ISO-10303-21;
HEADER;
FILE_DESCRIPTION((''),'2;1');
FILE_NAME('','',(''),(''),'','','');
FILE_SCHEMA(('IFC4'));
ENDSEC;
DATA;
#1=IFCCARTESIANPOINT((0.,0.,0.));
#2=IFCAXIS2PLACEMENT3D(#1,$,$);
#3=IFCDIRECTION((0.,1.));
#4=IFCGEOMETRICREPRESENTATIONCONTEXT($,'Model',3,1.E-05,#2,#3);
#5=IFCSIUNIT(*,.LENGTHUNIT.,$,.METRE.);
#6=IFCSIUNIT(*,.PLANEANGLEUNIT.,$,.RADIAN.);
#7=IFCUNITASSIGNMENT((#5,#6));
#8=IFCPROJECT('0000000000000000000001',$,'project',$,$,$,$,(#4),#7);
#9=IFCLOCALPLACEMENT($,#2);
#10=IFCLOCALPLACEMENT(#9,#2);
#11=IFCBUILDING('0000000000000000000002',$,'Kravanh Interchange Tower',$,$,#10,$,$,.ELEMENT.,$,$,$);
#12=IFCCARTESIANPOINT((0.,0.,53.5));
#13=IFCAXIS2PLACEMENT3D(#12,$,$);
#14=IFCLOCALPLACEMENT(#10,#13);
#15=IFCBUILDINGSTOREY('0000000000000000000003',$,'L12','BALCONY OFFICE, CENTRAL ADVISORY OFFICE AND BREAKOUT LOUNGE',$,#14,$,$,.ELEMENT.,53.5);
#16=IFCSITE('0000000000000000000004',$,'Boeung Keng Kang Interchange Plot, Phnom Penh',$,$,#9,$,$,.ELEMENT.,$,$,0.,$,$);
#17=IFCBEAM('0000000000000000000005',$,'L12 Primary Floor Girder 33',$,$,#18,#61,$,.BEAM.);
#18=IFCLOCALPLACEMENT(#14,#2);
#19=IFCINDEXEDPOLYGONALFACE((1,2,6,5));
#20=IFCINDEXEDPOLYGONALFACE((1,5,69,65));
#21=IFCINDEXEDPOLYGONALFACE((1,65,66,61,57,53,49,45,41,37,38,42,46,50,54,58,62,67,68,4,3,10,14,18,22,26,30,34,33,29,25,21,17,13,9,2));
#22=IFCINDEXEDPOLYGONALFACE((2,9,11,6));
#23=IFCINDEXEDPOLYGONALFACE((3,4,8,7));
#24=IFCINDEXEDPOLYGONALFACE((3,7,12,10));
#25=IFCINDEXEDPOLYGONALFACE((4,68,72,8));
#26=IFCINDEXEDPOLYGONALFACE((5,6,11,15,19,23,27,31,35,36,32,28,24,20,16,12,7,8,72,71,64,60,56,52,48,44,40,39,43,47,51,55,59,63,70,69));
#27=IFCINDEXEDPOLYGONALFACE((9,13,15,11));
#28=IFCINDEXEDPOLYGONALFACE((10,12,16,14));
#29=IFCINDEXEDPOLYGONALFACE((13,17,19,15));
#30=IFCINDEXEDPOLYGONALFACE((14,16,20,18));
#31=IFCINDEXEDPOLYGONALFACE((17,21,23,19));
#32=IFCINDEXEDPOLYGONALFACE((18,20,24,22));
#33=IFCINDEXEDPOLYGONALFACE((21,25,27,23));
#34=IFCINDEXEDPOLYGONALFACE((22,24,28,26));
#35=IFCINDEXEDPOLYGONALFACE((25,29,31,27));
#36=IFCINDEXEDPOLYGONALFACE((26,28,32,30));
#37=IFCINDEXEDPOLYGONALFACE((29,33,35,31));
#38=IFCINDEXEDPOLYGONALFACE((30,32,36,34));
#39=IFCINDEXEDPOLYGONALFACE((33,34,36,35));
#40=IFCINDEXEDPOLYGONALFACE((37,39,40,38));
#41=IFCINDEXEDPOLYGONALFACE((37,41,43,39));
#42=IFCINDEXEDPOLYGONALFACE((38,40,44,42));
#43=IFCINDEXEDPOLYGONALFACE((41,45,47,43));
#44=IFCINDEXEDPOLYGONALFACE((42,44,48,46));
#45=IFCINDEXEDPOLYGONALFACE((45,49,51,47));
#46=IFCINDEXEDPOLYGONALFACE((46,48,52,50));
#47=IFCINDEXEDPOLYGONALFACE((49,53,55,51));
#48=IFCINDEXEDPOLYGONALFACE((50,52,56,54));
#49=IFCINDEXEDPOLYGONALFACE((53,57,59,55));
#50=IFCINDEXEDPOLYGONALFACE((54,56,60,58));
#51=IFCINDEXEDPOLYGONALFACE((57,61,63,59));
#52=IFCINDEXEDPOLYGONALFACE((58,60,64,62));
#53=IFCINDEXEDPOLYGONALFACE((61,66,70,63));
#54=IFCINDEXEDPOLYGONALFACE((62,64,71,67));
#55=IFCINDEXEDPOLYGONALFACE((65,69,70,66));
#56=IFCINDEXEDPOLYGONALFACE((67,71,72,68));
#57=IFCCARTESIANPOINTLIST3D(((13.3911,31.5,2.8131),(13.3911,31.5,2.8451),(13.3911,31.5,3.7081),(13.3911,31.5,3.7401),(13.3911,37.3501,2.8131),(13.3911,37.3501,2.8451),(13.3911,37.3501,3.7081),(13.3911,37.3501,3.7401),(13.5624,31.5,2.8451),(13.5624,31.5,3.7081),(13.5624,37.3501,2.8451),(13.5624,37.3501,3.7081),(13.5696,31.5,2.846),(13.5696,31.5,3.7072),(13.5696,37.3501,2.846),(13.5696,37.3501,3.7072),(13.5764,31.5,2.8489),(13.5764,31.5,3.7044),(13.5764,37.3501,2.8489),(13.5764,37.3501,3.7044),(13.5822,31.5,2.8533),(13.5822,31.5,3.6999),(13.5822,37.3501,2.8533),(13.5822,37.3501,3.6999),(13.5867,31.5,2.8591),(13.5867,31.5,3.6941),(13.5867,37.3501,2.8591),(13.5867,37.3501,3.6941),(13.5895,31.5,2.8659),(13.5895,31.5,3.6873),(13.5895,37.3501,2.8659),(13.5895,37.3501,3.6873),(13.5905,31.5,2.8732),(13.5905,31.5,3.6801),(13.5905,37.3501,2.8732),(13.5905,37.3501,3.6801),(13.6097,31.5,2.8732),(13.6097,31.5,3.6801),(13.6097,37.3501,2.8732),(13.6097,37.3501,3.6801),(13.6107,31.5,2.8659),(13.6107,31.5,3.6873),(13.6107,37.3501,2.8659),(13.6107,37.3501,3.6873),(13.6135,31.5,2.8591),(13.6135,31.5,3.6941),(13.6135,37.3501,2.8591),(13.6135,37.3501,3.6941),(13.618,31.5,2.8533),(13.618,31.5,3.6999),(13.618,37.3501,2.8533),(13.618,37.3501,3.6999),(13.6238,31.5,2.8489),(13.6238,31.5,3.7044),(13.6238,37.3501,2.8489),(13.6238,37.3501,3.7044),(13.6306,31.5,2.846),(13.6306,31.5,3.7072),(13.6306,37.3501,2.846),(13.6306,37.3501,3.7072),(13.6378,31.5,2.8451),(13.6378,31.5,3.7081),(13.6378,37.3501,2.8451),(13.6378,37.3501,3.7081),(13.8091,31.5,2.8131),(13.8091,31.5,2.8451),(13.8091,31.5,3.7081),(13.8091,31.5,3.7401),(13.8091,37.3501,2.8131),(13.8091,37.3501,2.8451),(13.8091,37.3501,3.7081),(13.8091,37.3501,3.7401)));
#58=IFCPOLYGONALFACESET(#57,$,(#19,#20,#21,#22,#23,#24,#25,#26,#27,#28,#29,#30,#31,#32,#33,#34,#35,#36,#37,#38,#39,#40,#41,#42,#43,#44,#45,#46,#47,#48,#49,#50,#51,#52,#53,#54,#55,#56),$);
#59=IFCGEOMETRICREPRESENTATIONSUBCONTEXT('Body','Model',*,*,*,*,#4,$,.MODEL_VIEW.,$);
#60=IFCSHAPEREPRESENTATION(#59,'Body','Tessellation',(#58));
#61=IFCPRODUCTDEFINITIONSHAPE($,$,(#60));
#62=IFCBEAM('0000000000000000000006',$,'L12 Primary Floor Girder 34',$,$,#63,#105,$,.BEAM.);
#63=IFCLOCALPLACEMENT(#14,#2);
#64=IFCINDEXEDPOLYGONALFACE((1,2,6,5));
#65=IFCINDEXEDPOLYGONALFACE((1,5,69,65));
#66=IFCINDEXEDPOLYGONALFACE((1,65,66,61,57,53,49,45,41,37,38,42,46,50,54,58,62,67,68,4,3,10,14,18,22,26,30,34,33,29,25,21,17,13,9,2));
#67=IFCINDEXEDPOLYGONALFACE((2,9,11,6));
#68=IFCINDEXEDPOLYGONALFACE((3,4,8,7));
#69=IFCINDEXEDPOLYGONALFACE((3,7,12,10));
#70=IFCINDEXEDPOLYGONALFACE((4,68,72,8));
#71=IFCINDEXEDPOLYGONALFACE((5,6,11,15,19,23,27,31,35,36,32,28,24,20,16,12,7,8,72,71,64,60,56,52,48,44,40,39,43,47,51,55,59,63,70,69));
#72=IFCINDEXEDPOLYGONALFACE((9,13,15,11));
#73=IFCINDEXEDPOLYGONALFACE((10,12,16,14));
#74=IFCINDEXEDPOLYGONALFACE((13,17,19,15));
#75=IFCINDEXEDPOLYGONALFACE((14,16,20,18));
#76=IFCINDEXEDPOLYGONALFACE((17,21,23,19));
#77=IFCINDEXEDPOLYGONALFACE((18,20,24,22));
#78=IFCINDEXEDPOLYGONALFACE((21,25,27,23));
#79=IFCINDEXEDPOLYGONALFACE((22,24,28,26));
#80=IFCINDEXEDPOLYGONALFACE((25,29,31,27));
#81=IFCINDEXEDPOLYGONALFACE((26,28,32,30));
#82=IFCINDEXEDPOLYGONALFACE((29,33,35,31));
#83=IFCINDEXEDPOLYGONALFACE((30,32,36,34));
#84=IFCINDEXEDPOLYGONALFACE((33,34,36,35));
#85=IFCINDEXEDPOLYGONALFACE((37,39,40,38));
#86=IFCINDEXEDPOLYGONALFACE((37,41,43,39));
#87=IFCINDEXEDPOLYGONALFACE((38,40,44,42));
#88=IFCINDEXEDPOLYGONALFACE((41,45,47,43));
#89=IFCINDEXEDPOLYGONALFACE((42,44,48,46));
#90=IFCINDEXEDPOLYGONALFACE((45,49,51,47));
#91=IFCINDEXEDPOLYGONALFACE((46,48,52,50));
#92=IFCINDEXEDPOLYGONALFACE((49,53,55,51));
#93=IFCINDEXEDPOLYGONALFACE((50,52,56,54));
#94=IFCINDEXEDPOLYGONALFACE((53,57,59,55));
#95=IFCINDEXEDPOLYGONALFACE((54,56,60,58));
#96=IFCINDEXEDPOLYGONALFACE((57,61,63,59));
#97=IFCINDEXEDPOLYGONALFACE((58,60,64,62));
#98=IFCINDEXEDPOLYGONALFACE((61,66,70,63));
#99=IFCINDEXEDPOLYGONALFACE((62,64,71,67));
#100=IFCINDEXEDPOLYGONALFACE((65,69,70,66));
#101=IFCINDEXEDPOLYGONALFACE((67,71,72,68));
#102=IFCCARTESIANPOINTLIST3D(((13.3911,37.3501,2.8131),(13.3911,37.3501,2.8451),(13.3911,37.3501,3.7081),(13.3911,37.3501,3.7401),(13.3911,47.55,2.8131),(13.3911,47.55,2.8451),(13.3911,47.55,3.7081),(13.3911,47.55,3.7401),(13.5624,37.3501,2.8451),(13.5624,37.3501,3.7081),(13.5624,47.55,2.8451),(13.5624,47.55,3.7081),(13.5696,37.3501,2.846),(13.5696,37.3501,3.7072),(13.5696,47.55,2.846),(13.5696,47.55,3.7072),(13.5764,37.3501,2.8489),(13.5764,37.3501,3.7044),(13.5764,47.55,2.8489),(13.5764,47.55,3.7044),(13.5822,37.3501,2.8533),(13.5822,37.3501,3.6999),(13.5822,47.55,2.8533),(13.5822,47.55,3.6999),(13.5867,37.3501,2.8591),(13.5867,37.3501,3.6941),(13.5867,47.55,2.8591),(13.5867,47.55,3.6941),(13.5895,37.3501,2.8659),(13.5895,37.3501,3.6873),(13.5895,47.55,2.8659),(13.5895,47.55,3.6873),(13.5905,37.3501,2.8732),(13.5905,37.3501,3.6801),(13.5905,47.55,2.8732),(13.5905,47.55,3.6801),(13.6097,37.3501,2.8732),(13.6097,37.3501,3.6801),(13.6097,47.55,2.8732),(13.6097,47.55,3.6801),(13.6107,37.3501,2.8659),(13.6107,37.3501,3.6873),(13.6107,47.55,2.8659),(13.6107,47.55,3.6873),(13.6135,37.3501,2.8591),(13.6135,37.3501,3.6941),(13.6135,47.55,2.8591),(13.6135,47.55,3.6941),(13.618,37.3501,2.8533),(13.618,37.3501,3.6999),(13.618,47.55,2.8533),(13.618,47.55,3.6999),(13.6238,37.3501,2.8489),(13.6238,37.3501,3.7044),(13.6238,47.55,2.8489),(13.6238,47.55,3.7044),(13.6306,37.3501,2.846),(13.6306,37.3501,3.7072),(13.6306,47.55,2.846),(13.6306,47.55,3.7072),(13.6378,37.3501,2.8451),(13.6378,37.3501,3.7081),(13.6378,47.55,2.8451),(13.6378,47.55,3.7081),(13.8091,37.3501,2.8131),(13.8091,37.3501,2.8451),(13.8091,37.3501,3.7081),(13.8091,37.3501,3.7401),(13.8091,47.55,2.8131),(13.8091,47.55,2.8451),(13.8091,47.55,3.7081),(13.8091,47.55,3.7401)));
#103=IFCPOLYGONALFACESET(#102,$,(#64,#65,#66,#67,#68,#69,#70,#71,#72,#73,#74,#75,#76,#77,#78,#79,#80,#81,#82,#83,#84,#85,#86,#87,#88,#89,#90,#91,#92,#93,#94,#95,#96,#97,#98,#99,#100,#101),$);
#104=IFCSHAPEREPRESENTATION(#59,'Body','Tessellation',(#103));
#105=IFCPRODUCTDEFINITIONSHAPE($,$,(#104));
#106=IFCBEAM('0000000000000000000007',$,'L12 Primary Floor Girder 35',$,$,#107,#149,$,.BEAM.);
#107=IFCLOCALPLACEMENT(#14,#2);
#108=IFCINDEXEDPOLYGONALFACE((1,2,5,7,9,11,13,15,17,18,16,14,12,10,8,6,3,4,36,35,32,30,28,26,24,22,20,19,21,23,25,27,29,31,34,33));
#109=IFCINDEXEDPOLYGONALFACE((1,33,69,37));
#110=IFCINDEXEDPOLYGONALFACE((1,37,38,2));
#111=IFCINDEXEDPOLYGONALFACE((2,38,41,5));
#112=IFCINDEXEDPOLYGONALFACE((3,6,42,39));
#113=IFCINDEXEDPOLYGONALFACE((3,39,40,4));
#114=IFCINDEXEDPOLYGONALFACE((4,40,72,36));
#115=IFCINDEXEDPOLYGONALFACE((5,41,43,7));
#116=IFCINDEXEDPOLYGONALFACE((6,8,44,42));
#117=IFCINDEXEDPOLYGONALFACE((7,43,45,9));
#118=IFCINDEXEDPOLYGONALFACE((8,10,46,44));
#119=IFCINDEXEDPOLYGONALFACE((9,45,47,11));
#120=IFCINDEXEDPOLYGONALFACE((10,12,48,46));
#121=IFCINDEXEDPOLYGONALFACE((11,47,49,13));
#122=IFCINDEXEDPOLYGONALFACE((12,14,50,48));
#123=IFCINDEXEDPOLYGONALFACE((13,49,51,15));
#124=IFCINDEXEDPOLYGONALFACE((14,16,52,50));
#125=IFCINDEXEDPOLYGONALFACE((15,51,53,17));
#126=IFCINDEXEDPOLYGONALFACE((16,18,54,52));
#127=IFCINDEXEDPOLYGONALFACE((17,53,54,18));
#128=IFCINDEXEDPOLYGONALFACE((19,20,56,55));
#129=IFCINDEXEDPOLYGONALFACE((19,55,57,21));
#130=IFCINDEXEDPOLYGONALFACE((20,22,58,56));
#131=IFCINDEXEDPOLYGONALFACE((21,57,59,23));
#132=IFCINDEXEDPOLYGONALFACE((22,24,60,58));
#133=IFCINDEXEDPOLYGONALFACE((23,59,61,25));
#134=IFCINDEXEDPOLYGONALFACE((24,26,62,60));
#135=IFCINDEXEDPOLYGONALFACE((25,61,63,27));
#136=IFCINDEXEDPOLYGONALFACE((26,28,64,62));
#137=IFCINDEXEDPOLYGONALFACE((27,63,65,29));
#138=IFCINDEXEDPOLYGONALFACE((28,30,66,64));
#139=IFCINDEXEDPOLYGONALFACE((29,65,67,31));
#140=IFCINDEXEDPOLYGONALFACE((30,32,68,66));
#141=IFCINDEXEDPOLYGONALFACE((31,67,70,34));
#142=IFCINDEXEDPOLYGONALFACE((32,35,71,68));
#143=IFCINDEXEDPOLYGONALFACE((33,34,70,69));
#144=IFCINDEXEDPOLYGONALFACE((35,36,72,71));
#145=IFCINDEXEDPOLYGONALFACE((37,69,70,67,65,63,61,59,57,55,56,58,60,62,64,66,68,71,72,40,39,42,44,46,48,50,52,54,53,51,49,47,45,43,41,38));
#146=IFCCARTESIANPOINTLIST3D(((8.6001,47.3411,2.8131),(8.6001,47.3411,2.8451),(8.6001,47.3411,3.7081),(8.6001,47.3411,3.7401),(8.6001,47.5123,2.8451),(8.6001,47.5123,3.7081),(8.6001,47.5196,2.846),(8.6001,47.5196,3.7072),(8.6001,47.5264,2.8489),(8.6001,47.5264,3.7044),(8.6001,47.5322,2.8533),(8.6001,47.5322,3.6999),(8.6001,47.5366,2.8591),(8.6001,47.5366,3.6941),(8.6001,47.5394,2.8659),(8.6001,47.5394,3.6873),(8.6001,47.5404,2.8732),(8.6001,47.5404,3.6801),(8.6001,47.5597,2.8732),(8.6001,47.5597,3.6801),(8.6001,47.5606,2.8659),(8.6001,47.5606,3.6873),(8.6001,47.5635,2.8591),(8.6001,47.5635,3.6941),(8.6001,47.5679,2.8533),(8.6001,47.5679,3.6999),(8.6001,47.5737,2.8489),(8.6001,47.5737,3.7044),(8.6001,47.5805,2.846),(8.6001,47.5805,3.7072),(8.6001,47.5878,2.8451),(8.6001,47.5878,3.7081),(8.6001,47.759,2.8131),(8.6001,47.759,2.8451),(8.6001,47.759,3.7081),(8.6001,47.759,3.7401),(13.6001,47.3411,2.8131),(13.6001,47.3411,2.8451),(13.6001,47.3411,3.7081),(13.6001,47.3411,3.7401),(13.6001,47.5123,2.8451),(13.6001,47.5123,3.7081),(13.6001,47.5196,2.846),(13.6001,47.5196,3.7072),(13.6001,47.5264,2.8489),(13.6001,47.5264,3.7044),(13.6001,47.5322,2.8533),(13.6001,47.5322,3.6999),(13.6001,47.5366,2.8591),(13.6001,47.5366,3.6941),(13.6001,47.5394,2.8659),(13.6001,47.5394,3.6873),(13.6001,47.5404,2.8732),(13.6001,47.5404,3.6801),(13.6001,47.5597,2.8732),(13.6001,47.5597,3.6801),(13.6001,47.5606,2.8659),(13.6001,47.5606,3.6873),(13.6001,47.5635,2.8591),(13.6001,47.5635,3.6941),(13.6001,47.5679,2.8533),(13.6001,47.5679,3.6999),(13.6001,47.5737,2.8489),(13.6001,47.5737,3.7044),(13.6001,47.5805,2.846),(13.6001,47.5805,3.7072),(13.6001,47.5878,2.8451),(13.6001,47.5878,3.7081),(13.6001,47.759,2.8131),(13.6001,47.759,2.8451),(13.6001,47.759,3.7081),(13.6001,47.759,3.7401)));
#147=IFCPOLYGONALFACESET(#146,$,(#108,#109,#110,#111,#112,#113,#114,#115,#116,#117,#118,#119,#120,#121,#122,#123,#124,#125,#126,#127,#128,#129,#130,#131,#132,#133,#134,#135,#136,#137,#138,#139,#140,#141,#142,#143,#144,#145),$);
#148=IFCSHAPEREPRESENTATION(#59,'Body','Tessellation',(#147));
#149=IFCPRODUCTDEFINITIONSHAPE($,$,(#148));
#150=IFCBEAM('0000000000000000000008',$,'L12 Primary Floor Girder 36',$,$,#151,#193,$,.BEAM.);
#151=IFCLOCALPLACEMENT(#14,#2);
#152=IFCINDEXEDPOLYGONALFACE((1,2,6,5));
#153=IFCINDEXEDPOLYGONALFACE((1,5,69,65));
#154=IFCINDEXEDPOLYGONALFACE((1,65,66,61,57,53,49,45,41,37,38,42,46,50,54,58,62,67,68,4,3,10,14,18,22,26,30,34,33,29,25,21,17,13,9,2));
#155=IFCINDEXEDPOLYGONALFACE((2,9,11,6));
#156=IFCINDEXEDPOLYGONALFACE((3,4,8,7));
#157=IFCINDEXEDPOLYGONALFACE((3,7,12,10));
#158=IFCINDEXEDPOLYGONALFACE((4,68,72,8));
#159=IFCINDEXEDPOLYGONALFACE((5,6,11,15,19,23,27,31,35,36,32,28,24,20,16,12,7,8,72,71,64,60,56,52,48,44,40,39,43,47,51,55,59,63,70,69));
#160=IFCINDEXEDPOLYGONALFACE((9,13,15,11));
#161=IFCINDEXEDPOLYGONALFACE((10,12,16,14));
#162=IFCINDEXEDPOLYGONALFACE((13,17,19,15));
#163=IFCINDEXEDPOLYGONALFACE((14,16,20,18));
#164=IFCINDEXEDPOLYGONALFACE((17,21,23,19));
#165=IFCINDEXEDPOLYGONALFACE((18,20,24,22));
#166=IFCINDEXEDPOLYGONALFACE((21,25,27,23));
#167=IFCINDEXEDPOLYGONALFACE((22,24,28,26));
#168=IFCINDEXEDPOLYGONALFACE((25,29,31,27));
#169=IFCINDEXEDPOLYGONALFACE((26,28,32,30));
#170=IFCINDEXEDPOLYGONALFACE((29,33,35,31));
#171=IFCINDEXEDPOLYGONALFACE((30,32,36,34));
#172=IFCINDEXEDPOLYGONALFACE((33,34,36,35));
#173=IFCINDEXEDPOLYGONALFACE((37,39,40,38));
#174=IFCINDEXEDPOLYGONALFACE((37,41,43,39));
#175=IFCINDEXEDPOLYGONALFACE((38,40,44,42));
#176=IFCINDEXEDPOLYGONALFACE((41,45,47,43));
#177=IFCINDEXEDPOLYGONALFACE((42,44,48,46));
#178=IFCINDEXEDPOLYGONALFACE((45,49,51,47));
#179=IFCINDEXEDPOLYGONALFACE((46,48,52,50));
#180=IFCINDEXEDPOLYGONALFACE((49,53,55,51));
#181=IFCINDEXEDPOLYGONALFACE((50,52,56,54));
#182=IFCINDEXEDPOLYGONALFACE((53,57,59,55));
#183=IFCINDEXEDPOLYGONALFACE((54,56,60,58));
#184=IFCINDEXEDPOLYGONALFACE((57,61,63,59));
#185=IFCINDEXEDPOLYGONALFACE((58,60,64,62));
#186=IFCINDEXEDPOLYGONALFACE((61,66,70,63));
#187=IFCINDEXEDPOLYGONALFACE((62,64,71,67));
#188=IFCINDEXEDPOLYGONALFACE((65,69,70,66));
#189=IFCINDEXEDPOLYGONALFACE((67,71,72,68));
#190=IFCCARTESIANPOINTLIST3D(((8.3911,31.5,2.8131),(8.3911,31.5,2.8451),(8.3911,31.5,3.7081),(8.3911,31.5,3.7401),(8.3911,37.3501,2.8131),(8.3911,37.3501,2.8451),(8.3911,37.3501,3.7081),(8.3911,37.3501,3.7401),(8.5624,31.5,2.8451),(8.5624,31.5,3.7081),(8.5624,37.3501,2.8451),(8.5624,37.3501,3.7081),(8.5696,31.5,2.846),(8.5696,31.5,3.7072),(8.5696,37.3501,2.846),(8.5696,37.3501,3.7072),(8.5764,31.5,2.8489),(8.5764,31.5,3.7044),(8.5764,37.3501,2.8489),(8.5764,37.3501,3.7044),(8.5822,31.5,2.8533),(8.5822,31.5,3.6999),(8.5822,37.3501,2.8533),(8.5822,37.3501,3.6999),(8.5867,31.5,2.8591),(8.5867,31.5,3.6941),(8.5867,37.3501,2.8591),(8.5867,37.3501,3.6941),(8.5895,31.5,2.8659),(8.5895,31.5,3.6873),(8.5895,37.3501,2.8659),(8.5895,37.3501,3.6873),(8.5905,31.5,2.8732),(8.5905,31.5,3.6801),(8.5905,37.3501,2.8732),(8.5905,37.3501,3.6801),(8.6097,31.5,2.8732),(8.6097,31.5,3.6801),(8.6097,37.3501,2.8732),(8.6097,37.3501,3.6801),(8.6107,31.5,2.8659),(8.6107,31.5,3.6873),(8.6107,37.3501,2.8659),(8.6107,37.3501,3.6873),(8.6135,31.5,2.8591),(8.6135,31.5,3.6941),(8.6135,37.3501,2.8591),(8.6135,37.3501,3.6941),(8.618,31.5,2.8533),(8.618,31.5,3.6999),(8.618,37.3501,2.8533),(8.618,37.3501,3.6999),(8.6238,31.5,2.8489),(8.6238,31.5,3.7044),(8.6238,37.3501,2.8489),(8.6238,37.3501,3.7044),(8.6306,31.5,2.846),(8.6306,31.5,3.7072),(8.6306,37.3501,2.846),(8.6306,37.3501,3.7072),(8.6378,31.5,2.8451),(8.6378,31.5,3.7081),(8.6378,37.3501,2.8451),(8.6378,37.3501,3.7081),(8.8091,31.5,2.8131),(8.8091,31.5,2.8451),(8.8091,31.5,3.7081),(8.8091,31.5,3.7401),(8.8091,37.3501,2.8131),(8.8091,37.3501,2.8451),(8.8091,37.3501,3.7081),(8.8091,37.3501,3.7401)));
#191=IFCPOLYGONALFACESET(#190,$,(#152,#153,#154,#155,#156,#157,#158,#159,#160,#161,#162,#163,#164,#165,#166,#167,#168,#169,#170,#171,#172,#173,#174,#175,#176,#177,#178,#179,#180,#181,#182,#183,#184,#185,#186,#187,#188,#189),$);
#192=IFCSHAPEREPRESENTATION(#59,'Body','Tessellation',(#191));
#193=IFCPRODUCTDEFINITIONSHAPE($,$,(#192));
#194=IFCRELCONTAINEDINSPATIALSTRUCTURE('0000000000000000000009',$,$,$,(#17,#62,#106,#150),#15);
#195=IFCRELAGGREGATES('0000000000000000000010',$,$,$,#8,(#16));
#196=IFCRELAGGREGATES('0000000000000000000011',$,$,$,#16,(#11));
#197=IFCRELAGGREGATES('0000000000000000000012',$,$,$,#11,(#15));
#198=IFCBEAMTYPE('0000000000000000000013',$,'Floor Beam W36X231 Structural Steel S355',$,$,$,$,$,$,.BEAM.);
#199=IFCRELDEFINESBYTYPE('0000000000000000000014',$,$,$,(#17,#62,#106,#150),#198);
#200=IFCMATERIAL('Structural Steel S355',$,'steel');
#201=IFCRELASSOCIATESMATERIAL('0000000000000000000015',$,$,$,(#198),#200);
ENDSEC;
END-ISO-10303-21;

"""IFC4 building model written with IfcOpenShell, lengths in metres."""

from ifc_helpers import new_model, si_unit, direction, frame, origin, origin_2d, place, context, subcontext, project, spatial, i_section, extrude, material, material_profile, profile_set, type_object, element, save


model = new_model("IFC4")

# Units and contexts
model_context = context("Model", 3, precision=1e-05, world=origin(), true_north=direction((0.0, 1.0)))
body_context = subcontext(model_context, "Body", "Model", "MODEL_VIEW")
ifc_project = project(units=[si_unit("LENGTHUNIT", "METRE"), si_unit("PLANEANGLEUNIT", "RADIAN")], contexts=[model_context])

# Site, building, storey
site_placement = place(None, origin())
site = spatial("IfcSite", under=ifc_project, at=site_placement, Name="Boeung Keng Kang Interchange Plot, Phnom Penh", CompositionType="ELEMENT", RefElevation=0.0)
building_placement = place(site_placement, origin())
building = spatial("IfcBuilding", under=site, at=building_placement, Name="Kravanh Interchange Tower", CompositionType="ELEMENT")
storey_placement = place(building_placement, frame((0.0, 0.0, 53.5)))
storey = spatial("IfcBuildingStorey", under=building, at=storey_placement, Name="L12", Description="BALCONY OFFICE, CENTRAL ADVISORY OFFICE AND BREAKOUT LOUNGE", CompositionType="ELEMENT", Elevation=53.5)

# Beams
ifc_material_1 = material(Name="Structural Steel S355", Category="steel")
ifc_material_profile_1 = material_profile(ifc_material_1, i_section(OverallWidth=0.418, OverallDepth=0.927, WebThickness=0.0193, FlangeThickness=0.032, FilletRadius=0.0281, at=origin_2d()), Name="W36X231")
ifc_profile_set_1 = profile_set([ifc_material_profile_1], Name="Structural Steel S355")
beam_type = type_object("IfcBeamType", Name="Floor Beam W36X231 Structural Steel S355", PredefinedType="BEAM", material=ifc_profile_set_1)
beam_1_placement = place(storey_placement, frame((13.6001, 37.3501, 3.2766), z_axis=(0.0, -1.0, 0.0), x_axis=(1.0, 0.0, 0.0)))
element("IfcBeam", 1, at=beam_1_placement, inside=storey, type_object=beam_type, Name="L12 Primary Floor Girder 33", PredefinedType="BEAM", context=body_context, shape_type="SweptSolid", body=[
    extrude(i_section(OverallWidth=0.418, OverallDepth=0.927, WebThickness=0.0193, FlangeThickness=0.032, FilletRadius=0.0281, at=origin_2d()), origin(), (0.0, 0.0, 1.0), 5.8501),
])
beam_2_placement = place(storey_placement, frame((13.6001, 37.3501, 3.2766), z_axis=(0.0, 1.0, 0.0), x_axis=(-1.0, 0.0, 0.0)))
element("IfcBeam", 2, at=beam_2_placement, inside=storey, type_object=beam_type, Name="L12 Primary Floor Girder 34", PredefinedType="BEAM", context=body_context, shape_type="SweptSolid", body=[
    extrude(i_section(OverallWidth=0.418, OverallDepth=0.927, WebThickness=0.0193, FlangeThickness=0.032, FilletRadius=0.0281, at=origin_2d()), origin(), (0.0, 0.0, 1.0), 10.2),
])
beam_3_placement = place(storey_placement, frame((13.6001, 47.55, 3.2766), z_axis=(-1.0, 0.0, 0.0), x_axis=(0.0, -1.0, 0.0)))
element("IfcBeam", 3, at=beam_3_placement, inside=storey, type_object=beam_type, Name="L12 Primary Floor Girder 35", PredefinedType="BEAM", context=body_context, shape_type="SweptSolid", body=[
    extrude(i_section(OverallWidth=0.418, OverallDepth=0.927, WebThickness=0.0193, FlangeThickness=0.032, FilletRadius=0.0281, at=origin_2d()), origin(), (0.0, 0.0, 1.0), 5.0),
])
beam_4_placement = place(storey_placement, frame((8.6001, 37.3501, 3.2766), z_axis=(0.0, -1.0, 0.0), x_axis=(1.0, 0.0, 0.0)))
element("IfcBeam", 4, at=beam_4_placement, inside=storey, type_object=beam_type, Name="L12 Primary Floor Girder 36", PredefinedType="BEAM", context=body_context, shape_type="SweptSolid", body=[
    extrude(i_section(OverallWidth=0.418, OverallDepth=0.927, WebThickness=0.0193, FlangeThickness=0.032, FilletRadius=0.0281, at=origin_2d()), origin(), (0.0, 0.0, 1.0), 5.8501),
])

save(model, "model.ifc")
